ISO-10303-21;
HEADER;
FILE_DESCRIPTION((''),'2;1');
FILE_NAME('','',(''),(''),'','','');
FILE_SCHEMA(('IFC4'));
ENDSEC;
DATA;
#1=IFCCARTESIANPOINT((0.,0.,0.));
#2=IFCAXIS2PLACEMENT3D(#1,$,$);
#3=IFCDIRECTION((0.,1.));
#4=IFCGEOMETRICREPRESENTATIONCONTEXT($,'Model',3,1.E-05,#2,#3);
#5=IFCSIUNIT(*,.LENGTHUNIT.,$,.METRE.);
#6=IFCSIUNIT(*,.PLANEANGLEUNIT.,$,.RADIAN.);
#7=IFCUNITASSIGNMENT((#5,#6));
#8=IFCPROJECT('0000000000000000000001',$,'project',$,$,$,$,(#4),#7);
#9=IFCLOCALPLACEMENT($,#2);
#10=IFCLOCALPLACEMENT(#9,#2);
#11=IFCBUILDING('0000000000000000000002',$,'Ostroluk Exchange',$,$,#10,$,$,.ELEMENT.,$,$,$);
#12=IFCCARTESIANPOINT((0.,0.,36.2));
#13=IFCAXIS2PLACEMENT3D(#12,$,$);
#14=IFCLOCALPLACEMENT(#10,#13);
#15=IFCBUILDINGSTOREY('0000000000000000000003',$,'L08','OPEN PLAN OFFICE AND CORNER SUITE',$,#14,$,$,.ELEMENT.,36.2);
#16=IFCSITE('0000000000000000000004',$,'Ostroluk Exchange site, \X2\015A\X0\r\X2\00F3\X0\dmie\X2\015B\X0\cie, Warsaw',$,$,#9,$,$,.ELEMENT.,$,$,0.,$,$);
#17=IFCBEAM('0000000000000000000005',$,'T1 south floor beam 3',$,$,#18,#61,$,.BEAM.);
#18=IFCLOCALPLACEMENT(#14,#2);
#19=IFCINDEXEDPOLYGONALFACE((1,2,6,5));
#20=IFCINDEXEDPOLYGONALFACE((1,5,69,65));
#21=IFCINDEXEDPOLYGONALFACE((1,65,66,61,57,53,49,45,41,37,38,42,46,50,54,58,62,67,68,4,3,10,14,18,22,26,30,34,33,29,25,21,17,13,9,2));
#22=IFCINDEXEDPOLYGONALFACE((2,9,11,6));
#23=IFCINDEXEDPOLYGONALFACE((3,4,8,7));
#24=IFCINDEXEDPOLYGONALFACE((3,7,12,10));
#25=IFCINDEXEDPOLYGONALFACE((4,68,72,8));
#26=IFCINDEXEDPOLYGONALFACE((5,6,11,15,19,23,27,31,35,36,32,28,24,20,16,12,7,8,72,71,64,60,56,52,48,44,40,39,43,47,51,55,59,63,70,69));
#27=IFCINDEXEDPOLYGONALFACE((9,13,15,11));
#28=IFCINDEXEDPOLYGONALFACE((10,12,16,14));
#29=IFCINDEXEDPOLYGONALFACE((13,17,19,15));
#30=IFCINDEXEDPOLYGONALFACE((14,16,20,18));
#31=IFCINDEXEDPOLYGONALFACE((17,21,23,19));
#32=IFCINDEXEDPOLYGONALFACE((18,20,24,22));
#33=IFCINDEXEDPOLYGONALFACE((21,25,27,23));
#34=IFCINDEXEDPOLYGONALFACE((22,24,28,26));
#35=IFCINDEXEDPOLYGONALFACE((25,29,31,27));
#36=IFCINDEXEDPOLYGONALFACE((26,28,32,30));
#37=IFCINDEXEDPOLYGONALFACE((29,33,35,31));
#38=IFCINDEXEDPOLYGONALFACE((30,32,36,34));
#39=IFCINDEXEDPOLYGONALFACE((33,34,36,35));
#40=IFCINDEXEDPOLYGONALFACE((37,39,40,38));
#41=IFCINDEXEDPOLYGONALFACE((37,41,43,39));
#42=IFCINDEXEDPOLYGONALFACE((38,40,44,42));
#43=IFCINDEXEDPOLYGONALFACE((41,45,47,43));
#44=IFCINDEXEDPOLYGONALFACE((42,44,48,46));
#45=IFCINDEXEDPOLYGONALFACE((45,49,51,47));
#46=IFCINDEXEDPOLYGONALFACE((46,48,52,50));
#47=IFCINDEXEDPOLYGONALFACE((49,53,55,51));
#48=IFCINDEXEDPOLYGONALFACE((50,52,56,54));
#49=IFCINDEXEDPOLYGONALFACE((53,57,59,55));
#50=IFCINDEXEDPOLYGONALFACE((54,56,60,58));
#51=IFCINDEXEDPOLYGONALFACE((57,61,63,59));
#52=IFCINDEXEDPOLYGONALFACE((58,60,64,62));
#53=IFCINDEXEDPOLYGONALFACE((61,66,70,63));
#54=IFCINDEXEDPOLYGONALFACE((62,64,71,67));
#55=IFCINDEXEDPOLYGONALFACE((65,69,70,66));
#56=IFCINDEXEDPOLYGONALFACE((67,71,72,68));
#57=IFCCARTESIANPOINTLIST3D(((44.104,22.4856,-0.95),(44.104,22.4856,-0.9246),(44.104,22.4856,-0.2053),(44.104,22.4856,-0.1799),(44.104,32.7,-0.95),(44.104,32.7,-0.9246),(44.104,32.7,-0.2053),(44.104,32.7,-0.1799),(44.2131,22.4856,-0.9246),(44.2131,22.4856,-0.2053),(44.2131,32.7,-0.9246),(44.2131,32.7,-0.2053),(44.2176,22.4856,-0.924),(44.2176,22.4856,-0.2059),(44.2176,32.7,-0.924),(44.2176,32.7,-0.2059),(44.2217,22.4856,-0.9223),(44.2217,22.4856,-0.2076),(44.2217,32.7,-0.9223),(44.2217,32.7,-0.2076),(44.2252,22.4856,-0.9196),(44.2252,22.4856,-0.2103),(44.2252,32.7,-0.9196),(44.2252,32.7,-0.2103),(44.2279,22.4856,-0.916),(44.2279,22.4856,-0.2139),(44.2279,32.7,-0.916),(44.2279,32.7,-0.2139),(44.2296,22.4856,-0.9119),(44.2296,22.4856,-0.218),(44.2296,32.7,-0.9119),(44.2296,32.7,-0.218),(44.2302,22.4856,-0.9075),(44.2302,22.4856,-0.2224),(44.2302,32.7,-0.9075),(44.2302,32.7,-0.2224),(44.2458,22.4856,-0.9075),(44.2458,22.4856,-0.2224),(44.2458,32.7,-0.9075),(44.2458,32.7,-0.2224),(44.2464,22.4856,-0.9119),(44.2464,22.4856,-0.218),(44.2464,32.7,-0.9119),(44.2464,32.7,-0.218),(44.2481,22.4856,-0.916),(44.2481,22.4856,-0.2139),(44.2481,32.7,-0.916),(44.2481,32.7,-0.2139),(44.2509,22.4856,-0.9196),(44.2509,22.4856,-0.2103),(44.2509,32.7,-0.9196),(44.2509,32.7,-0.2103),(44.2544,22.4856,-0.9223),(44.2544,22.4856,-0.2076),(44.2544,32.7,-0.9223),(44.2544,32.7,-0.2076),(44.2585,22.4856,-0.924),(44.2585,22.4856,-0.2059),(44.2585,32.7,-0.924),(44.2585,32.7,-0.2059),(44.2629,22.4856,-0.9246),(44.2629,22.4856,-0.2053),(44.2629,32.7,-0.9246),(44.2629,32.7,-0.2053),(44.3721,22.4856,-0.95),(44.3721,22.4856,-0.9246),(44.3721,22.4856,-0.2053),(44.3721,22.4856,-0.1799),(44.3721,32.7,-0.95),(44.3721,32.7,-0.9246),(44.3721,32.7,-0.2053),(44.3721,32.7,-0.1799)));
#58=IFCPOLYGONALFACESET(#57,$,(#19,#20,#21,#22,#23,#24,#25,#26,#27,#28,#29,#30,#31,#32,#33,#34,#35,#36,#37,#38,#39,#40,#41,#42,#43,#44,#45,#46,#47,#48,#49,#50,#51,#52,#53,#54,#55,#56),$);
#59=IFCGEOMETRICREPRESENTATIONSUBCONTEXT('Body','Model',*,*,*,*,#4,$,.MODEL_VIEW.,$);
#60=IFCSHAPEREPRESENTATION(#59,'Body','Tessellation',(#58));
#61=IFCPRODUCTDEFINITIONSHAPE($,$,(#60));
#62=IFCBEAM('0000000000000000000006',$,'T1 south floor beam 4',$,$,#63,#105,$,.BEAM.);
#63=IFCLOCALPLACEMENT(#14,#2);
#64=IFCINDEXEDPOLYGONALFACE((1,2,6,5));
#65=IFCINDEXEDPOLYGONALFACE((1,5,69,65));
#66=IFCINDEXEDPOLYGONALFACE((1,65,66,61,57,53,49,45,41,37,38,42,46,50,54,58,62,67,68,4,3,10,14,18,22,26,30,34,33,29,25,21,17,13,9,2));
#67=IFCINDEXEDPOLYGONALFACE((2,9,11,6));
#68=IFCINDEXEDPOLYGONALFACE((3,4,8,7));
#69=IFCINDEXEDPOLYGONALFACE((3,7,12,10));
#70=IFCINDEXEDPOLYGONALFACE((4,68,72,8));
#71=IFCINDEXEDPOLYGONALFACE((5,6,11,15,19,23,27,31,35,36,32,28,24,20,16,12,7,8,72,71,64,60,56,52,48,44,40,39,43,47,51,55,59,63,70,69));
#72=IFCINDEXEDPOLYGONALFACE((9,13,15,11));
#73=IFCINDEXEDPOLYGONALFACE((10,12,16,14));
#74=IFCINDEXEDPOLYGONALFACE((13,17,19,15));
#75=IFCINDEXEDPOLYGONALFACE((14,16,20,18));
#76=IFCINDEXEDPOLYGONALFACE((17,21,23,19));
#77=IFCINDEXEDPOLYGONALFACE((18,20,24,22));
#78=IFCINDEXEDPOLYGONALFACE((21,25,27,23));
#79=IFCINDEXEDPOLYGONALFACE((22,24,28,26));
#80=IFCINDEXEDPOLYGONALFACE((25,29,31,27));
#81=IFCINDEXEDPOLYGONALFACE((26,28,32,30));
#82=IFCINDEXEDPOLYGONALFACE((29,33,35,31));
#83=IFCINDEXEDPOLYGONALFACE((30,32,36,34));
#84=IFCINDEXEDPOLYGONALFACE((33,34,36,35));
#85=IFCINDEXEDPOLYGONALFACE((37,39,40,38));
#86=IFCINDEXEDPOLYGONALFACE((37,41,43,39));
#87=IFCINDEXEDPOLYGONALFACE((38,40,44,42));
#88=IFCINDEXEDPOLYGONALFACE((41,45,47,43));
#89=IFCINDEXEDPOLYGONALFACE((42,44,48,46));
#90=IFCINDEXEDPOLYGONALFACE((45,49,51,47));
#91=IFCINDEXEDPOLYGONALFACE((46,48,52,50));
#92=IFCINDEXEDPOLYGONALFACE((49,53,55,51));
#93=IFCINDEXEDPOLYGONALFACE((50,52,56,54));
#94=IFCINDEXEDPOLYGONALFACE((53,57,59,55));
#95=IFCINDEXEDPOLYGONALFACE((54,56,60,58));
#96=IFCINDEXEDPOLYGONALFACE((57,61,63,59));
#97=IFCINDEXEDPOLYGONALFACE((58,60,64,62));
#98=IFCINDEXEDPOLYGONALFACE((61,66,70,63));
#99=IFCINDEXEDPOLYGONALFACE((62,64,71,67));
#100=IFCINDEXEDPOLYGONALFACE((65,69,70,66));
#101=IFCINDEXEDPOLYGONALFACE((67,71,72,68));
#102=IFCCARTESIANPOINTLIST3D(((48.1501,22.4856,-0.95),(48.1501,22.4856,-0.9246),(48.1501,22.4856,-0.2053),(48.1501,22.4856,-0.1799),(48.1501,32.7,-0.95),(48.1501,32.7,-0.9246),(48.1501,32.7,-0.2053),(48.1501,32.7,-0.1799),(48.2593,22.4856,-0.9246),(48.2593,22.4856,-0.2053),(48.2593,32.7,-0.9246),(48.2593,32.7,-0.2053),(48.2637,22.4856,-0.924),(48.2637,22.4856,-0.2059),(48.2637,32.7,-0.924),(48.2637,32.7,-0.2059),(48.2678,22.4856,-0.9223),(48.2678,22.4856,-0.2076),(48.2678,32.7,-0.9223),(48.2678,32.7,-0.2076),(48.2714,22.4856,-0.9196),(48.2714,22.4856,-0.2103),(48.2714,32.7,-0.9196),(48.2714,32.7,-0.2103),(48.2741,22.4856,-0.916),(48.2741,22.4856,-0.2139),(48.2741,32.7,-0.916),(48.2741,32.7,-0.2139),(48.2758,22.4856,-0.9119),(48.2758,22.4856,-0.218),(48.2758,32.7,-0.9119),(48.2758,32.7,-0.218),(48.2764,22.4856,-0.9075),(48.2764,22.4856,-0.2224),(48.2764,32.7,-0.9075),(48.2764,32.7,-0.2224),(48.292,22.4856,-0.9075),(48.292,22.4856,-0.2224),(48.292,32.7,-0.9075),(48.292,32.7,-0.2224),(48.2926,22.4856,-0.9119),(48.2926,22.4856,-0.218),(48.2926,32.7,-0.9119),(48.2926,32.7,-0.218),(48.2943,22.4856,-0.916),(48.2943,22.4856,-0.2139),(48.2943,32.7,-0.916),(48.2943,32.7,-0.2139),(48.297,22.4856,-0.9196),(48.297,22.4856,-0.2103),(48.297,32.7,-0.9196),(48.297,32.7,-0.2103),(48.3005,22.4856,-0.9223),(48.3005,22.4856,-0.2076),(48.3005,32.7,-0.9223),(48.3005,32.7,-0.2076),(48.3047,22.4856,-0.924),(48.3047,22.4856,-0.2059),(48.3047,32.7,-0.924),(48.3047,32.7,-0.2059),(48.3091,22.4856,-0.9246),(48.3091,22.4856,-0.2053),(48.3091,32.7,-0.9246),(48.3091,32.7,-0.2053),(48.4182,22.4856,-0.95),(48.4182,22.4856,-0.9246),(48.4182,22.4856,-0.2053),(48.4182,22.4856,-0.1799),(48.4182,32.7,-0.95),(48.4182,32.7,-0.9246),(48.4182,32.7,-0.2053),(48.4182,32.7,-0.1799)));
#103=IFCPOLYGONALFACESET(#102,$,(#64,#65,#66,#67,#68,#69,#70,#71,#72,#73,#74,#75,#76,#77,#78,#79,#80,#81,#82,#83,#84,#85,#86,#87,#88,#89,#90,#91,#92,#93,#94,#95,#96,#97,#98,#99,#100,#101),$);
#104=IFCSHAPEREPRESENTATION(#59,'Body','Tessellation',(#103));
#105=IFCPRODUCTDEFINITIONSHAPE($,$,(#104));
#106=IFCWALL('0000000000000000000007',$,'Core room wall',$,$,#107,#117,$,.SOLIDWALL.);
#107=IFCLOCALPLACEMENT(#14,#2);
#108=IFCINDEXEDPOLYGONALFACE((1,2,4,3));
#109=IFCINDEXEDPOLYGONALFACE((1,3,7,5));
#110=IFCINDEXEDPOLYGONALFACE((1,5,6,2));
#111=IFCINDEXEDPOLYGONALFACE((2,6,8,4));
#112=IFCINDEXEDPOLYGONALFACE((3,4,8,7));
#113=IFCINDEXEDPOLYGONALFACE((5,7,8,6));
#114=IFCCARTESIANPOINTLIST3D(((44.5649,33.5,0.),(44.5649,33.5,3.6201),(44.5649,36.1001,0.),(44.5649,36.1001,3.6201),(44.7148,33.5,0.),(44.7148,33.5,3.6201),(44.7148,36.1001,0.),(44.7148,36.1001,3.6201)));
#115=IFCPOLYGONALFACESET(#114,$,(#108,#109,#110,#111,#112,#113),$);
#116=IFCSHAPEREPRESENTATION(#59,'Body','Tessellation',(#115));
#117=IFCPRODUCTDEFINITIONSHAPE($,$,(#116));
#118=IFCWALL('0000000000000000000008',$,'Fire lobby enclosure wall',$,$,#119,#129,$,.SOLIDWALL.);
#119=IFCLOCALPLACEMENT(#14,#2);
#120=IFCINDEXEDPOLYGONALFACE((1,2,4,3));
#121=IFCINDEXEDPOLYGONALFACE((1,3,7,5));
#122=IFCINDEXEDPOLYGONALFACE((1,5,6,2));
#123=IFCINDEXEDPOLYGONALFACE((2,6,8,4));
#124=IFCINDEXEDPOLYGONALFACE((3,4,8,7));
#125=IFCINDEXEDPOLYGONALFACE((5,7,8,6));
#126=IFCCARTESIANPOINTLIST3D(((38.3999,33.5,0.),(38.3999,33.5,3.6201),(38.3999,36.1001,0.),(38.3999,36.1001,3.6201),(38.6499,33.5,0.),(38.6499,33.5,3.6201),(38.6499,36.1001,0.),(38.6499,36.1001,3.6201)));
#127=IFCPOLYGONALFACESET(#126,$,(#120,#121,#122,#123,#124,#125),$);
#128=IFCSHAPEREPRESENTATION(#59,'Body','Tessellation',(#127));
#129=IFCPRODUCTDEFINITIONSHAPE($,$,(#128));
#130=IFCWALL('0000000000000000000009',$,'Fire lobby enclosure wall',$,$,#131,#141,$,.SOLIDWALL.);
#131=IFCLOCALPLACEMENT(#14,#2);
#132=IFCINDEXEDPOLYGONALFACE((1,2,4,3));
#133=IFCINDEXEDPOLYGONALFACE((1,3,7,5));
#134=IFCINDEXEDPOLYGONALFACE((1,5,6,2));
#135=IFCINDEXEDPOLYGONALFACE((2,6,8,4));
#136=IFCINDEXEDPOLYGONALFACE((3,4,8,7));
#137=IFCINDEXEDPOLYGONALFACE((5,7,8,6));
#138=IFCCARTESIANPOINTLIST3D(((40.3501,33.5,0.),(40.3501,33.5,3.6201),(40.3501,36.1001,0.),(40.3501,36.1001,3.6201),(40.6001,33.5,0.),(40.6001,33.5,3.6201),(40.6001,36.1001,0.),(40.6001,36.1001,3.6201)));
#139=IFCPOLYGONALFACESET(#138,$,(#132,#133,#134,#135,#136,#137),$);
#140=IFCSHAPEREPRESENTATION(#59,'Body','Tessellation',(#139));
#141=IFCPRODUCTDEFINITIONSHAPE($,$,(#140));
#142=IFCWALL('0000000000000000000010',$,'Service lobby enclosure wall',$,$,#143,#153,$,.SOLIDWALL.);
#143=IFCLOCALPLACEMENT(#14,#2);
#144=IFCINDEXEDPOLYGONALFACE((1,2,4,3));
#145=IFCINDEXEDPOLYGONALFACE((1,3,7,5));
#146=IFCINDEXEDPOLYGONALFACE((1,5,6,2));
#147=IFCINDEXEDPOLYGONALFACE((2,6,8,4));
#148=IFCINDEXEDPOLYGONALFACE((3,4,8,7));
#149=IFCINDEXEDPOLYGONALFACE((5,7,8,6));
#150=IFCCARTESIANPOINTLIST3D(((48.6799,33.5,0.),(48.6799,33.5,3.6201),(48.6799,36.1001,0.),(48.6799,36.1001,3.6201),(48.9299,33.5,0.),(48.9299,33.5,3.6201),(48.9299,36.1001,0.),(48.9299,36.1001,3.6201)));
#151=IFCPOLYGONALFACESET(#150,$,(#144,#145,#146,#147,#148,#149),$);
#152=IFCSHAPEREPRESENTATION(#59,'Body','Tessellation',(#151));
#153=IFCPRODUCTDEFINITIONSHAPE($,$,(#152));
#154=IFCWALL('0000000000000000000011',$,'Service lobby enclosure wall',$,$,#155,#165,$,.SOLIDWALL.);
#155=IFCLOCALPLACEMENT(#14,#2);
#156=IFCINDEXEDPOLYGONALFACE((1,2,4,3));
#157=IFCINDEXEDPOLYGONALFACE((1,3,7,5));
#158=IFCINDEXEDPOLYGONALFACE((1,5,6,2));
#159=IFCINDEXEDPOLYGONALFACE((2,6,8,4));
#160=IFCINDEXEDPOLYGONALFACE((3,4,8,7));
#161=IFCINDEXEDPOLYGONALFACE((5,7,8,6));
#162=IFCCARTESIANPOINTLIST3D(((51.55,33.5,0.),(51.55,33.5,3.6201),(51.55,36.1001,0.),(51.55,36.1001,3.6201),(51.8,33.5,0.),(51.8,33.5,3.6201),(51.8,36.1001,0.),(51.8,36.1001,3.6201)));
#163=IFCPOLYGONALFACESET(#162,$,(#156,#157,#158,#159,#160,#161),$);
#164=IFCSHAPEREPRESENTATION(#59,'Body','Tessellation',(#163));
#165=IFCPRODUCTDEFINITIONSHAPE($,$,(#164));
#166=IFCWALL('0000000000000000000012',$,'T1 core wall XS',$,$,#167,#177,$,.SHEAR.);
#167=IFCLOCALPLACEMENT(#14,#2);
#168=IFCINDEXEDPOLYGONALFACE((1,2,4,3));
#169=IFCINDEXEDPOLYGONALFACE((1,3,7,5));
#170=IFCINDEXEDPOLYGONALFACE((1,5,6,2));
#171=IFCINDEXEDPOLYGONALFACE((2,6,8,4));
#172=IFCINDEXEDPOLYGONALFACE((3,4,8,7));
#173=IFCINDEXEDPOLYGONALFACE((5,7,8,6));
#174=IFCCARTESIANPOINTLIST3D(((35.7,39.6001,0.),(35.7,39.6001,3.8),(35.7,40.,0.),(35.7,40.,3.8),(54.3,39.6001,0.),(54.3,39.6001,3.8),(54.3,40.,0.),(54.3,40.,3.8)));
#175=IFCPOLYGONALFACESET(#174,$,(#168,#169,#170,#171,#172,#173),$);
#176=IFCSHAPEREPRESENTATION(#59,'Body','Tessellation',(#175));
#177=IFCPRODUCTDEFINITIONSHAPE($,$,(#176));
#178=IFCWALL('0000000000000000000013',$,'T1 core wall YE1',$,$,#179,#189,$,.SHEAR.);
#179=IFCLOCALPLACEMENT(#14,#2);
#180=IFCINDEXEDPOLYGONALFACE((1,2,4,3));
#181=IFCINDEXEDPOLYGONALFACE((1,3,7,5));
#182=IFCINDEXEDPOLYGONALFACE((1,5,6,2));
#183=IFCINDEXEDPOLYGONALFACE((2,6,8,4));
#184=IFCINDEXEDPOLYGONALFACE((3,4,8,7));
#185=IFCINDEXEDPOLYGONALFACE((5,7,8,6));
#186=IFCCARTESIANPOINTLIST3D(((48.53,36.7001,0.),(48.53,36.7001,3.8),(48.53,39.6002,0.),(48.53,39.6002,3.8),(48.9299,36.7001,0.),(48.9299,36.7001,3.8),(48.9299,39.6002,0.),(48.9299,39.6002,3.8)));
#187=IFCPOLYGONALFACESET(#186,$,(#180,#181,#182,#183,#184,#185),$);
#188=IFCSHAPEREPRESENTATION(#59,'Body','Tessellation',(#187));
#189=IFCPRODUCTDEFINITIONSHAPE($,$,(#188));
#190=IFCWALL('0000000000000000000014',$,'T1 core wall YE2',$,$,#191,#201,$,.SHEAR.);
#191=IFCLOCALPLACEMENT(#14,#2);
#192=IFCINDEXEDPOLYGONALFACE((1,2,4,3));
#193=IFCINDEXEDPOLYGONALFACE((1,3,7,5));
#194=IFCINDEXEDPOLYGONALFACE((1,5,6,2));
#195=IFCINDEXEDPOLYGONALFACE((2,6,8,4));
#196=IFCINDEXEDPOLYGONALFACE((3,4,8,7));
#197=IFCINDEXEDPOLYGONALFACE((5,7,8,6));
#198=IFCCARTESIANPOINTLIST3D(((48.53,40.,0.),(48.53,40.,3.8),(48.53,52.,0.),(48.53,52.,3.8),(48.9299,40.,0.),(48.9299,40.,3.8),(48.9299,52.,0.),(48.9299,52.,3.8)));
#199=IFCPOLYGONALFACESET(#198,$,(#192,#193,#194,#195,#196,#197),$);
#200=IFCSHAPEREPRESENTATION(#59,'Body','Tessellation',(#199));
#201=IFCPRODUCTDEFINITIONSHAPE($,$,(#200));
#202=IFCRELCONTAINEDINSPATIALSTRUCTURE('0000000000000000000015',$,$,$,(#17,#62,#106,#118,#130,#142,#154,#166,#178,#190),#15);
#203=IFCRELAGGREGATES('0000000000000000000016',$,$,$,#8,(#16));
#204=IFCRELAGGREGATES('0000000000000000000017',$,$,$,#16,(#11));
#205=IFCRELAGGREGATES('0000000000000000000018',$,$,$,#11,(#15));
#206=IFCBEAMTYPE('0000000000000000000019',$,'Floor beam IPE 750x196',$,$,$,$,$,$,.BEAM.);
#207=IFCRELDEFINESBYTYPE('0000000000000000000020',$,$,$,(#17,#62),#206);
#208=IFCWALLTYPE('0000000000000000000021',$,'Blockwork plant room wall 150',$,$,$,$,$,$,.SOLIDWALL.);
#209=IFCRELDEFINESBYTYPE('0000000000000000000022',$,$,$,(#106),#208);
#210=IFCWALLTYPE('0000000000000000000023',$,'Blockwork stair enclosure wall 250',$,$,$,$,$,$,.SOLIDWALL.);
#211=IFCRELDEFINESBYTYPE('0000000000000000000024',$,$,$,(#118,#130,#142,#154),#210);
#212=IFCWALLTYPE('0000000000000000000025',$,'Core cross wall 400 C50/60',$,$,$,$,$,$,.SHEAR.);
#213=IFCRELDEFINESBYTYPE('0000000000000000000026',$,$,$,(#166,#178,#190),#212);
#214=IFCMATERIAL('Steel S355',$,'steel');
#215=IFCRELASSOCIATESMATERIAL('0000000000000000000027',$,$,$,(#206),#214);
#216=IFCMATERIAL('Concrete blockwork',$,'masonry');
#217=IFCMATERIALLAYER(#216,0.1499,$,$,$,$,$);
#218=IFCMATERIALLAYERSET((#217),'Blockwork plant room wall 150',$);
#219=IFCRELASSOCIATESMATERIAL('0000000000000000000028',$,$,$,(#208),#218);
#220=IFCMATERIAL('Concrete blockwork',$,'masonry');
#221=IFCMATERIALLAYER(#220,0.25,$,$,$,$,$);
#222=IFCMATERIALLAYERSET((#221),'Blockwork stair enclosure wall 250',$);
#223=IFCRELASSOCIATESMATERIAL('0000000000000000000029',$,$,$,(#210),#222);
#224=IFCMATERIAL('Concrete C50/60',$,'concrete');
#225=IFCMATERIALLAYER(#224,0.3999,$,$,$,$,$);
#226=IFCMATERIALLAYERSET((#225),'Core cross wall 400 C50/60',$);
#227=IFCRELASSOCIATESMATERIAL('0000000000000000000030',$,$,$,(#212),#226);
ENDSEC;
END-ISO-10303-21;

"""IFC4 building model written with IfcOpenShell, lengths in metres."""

from ifc_helpers import new_model, si_unit, direction, frame, frame_2d, origin, origin_2d, place, context, subcontext, project, spatial, rectangle, i_section, extrude, material, layer, layer_set, material_profile, profile_set, type_object, element, save


model = new_model("IFC4")

# Units and contexts
model_context = context("Model", 3, precision=1e-05, world=origin(), true_north=direction((0.0, 1.0)))
body_context = subcontext(model_context, "Body", "Model", "MODEL_VIEW")
ifc_project = project(units=[si_unit("LENGTHUNIT", "METRE"), si_unit("PLANEANGLEUNIT", "RADIAN")], contexts=[model_context])

# Site, building, storey
site_placement = place(None, origin())
site = spatial("IfcSite", under=ifc_project, at=site_placement, Name="Ostroluk Exchange site, Śródmieście, Warsaw", CompositionType="ELEMENT", RefElevation=0.0)
building_placement = place(site_placement, origin())
building = spatial("IfcBuilding", under=site, at=building_placement, Name="Ostroluk Exchange", CompositionType="ELEMENT")
storey_placement = place(building_placement, frame((0.0, 0.0, 36.2)))
storey = spatial("IfcBuildingStorey", under=building, at=storey_placement, Name="L08", Description="OPEN PLAN OFFICE AND CORNER SUITE", CompositionType="ELEMENT", Elevation=36.2)

# Beams
ifc_material_1 = material(Name="Steel S355", Category="steel")
ifc_material_profile = material_profile(ifc_material_1, i_section(OverallWidth=0.2681, OverallDepth=0.77, WebThickness=0.0156, FlangeThickness=0.0254, FilletRadius=0.0171, at=origin_2d()), Name="IPE 750x196")
ifc_profile_set = profile_set([ifc_material_profile], Name="Steel S355")
beam_type = type_object("IfcBeamType", Name="Floor beam IPE 750x196", PredefinedType="BEAM", material=ifc_profile_set)
for number, where, z_axis, x_axis, name in (
    (1, (44.238, 32.7, -0.5649), (0.0, -1.0, 0.0), (1.0, 0.0, 0.0), "T1 south floor beam 3"),
    (2, (48.2842, 32.7, -0.5649), (0.0, -1.0, 0.0), (1.0, 0.0, 0.0), "T1 south floor beam 4"),
):
    element("IfcBeam", number, at=place(storey_placement, frame(where, z_axis=z_axis, x_axis=x_axis)), inside=storey, type_object=beam_type, Name=name, PredefinedType="BEAM", context=body_context, shape_type="SweptSolid", body=[
        extrude(i_section(OverallWidth=0.2681, OverallDepth=0.77, WebThickness=0.0156, FlangeThickness=0.0254, FilletRadius=0.0171, at=origin_2d()), origin(), (0.0, 0.0, 1.0), 10.2144),
    ])

# Walls
ifc_material_2 = material(Name="Concrete blockwork", Category="masonry")
ifc_layer_1 = layer(ifc_material_2, 0.1499)
ifc_layer_set_1 = layer_set([ifc_layer_1], Name="Blockwork plant room wall 150")
wall_type_1 = type_object("IfcWallType", Name="Blockwork plant room wall 150", PredefinedType="SOLIDWALL", material=ifc_layer_set_1)
wall_1_placement = place(storey_placement, frame((44.6399, 33.5, 0.0), z_axis=(0.0, 0.0, 1.0), x_axis=(0.0, 1.0, 0.0)))
element("IfcWall", 3, at=wall_1_placement, inside=storey, type_object=wall_type_1, Name="Core room wall", PredefinedType="SOLIDWALL", context=body_context, shape_type="SweptSolid", body=[
    extrude(rectangle(XDim=2.6001, YDim=0.1499, at=frame_2d((1.3, 0.0))), origin(), (0.0, 0.0, 1.0), 3.6201),
])
ifc_material_3 = material(Name="Concrete blockwork", Category="masonry")
ifc_layer_2 = layer(ifc_material_3, 0.25)
ifc_layer_set_2 = layer_set([ifc_layer_2], Name="Blockwork stair enclosure wall 250")
wall_type_2 = type_object("IfcWallType", Name="Blockwork stair enclosure wall 250", PredefinedType="SOLIDWALL", material=ifc_layer_set_2)
for number, where, z_axis, x_axis, name in (
    (4, (38.5249, 33.5, 0.0), (0.0, 0.0, 1.0), (0.0, 1.0, 0.0), "Fire lobby enclosure wall"),
    (5, (40.4751, 33.5, 0.0), (0.0, 0.0, 1.0), (0.0, 1.0, 0.0), "Fire lobby enclosure wall"),
    (6, (48.8049, 33.5, 0.0), (0.0, 0.0, 1.0), (0.0, 1.0, 0.0), "Service lobby enclosure wall"),
    (7, (51.675, 33.5, 0.0), (0.0, 0.0, 1.0), (0.0, 1.0, 0.0), "Service lobby enclosure wall"),
):
    element("IfcWall", number, at=place(storey_placement, frame(where, z_axis=z_axis, x_axis=x_axis)), inside=storey, type_object=wall_type_2, Name=name, PredefinedType="SOLIDWALL", context=body_context, shape_type="SweptSolid", body=[
        extrude(rectangle(XDim=2.6001, YDim=0.25, at=frame_2d((1.3, 0.0))), origin(), (0.0, 0.0, 1.0), 3.6201),
    ])
ifc_material_4 = material(Name="Concrete C50/60", Category="concrete")
ifc_layer_3 = layer(ifc_material_4, 0.3999)
ifc_layer_set_3 = layer_set([ifc_layer_3], Name="Core cross wall 400 C50/60")
wall_type_3 = type_object("IfcWallType", Name="Core cross wall 400 C50/60", PredefinedType="SHEAR", material=ifc_layer_set_3)
wall_2_placement = place(storey_placement, frame((35.7, 39.8, 0.0), z_axis=(0.0, 0.0, 1.0), x_axis=(1.0, 0.0, 0.0)))
element("IfcWall", 8, at=wall_2_placement, inside=storey, type_object=wall_type_3, Name="T1 core wall XS", PredefinedType="SHEAR", context=body_context, shape_type="SweptSolid", body=[
    extrude(rectangle(XDim=18.6001, YDim=0.3999, at=frame_2d((9.3, 0.0))), origin(), (0.0, 0.0, 1.0), 3.8),
])
wall_3_placement = place(storey_placement, frame((48.73, 36.7, 0.0), z_axis=(0.0, 0.0, 1.0), x_axis=(0.0, 1.0, 0.0)))
element("IfcWall", 9, at=wall_3_placement, inside=storey, type_object=wall_type_3, Name="T1 core wall YE1", PredefinedType="SHEAR", context=body_context, shape_type="SweptSolid", body=[
    extrude(rectangle(XDim=2.9001, YDim=0.3999, at=frame_2d((1.4502, 0.0))), origin(), (0.0, 0.0, 1.0), 3.8),
])
wall_4_placement = place(storey_placement, frame((48.73, 40.0, 0.0), z_axis=(0.0, 0.0, 1.0), x_axis=(0.0, 1.0, 0.0)))
element("IfcWall", 10, at=wall_4_placement, inside=storey, type_object=wall_type_3, Name="T1 core wall YE2", PredefinedType="SHEAR", context=body_context, shape_type="SweptSolid", body=[
    extrude(rectangle(XDim=12.0, YDim=0.3999, at=frame_2d((6.0, 0.0))), origin(), (0.0, 0.0, 1.0), 3.8),
])

save(model, "model.ifc")
